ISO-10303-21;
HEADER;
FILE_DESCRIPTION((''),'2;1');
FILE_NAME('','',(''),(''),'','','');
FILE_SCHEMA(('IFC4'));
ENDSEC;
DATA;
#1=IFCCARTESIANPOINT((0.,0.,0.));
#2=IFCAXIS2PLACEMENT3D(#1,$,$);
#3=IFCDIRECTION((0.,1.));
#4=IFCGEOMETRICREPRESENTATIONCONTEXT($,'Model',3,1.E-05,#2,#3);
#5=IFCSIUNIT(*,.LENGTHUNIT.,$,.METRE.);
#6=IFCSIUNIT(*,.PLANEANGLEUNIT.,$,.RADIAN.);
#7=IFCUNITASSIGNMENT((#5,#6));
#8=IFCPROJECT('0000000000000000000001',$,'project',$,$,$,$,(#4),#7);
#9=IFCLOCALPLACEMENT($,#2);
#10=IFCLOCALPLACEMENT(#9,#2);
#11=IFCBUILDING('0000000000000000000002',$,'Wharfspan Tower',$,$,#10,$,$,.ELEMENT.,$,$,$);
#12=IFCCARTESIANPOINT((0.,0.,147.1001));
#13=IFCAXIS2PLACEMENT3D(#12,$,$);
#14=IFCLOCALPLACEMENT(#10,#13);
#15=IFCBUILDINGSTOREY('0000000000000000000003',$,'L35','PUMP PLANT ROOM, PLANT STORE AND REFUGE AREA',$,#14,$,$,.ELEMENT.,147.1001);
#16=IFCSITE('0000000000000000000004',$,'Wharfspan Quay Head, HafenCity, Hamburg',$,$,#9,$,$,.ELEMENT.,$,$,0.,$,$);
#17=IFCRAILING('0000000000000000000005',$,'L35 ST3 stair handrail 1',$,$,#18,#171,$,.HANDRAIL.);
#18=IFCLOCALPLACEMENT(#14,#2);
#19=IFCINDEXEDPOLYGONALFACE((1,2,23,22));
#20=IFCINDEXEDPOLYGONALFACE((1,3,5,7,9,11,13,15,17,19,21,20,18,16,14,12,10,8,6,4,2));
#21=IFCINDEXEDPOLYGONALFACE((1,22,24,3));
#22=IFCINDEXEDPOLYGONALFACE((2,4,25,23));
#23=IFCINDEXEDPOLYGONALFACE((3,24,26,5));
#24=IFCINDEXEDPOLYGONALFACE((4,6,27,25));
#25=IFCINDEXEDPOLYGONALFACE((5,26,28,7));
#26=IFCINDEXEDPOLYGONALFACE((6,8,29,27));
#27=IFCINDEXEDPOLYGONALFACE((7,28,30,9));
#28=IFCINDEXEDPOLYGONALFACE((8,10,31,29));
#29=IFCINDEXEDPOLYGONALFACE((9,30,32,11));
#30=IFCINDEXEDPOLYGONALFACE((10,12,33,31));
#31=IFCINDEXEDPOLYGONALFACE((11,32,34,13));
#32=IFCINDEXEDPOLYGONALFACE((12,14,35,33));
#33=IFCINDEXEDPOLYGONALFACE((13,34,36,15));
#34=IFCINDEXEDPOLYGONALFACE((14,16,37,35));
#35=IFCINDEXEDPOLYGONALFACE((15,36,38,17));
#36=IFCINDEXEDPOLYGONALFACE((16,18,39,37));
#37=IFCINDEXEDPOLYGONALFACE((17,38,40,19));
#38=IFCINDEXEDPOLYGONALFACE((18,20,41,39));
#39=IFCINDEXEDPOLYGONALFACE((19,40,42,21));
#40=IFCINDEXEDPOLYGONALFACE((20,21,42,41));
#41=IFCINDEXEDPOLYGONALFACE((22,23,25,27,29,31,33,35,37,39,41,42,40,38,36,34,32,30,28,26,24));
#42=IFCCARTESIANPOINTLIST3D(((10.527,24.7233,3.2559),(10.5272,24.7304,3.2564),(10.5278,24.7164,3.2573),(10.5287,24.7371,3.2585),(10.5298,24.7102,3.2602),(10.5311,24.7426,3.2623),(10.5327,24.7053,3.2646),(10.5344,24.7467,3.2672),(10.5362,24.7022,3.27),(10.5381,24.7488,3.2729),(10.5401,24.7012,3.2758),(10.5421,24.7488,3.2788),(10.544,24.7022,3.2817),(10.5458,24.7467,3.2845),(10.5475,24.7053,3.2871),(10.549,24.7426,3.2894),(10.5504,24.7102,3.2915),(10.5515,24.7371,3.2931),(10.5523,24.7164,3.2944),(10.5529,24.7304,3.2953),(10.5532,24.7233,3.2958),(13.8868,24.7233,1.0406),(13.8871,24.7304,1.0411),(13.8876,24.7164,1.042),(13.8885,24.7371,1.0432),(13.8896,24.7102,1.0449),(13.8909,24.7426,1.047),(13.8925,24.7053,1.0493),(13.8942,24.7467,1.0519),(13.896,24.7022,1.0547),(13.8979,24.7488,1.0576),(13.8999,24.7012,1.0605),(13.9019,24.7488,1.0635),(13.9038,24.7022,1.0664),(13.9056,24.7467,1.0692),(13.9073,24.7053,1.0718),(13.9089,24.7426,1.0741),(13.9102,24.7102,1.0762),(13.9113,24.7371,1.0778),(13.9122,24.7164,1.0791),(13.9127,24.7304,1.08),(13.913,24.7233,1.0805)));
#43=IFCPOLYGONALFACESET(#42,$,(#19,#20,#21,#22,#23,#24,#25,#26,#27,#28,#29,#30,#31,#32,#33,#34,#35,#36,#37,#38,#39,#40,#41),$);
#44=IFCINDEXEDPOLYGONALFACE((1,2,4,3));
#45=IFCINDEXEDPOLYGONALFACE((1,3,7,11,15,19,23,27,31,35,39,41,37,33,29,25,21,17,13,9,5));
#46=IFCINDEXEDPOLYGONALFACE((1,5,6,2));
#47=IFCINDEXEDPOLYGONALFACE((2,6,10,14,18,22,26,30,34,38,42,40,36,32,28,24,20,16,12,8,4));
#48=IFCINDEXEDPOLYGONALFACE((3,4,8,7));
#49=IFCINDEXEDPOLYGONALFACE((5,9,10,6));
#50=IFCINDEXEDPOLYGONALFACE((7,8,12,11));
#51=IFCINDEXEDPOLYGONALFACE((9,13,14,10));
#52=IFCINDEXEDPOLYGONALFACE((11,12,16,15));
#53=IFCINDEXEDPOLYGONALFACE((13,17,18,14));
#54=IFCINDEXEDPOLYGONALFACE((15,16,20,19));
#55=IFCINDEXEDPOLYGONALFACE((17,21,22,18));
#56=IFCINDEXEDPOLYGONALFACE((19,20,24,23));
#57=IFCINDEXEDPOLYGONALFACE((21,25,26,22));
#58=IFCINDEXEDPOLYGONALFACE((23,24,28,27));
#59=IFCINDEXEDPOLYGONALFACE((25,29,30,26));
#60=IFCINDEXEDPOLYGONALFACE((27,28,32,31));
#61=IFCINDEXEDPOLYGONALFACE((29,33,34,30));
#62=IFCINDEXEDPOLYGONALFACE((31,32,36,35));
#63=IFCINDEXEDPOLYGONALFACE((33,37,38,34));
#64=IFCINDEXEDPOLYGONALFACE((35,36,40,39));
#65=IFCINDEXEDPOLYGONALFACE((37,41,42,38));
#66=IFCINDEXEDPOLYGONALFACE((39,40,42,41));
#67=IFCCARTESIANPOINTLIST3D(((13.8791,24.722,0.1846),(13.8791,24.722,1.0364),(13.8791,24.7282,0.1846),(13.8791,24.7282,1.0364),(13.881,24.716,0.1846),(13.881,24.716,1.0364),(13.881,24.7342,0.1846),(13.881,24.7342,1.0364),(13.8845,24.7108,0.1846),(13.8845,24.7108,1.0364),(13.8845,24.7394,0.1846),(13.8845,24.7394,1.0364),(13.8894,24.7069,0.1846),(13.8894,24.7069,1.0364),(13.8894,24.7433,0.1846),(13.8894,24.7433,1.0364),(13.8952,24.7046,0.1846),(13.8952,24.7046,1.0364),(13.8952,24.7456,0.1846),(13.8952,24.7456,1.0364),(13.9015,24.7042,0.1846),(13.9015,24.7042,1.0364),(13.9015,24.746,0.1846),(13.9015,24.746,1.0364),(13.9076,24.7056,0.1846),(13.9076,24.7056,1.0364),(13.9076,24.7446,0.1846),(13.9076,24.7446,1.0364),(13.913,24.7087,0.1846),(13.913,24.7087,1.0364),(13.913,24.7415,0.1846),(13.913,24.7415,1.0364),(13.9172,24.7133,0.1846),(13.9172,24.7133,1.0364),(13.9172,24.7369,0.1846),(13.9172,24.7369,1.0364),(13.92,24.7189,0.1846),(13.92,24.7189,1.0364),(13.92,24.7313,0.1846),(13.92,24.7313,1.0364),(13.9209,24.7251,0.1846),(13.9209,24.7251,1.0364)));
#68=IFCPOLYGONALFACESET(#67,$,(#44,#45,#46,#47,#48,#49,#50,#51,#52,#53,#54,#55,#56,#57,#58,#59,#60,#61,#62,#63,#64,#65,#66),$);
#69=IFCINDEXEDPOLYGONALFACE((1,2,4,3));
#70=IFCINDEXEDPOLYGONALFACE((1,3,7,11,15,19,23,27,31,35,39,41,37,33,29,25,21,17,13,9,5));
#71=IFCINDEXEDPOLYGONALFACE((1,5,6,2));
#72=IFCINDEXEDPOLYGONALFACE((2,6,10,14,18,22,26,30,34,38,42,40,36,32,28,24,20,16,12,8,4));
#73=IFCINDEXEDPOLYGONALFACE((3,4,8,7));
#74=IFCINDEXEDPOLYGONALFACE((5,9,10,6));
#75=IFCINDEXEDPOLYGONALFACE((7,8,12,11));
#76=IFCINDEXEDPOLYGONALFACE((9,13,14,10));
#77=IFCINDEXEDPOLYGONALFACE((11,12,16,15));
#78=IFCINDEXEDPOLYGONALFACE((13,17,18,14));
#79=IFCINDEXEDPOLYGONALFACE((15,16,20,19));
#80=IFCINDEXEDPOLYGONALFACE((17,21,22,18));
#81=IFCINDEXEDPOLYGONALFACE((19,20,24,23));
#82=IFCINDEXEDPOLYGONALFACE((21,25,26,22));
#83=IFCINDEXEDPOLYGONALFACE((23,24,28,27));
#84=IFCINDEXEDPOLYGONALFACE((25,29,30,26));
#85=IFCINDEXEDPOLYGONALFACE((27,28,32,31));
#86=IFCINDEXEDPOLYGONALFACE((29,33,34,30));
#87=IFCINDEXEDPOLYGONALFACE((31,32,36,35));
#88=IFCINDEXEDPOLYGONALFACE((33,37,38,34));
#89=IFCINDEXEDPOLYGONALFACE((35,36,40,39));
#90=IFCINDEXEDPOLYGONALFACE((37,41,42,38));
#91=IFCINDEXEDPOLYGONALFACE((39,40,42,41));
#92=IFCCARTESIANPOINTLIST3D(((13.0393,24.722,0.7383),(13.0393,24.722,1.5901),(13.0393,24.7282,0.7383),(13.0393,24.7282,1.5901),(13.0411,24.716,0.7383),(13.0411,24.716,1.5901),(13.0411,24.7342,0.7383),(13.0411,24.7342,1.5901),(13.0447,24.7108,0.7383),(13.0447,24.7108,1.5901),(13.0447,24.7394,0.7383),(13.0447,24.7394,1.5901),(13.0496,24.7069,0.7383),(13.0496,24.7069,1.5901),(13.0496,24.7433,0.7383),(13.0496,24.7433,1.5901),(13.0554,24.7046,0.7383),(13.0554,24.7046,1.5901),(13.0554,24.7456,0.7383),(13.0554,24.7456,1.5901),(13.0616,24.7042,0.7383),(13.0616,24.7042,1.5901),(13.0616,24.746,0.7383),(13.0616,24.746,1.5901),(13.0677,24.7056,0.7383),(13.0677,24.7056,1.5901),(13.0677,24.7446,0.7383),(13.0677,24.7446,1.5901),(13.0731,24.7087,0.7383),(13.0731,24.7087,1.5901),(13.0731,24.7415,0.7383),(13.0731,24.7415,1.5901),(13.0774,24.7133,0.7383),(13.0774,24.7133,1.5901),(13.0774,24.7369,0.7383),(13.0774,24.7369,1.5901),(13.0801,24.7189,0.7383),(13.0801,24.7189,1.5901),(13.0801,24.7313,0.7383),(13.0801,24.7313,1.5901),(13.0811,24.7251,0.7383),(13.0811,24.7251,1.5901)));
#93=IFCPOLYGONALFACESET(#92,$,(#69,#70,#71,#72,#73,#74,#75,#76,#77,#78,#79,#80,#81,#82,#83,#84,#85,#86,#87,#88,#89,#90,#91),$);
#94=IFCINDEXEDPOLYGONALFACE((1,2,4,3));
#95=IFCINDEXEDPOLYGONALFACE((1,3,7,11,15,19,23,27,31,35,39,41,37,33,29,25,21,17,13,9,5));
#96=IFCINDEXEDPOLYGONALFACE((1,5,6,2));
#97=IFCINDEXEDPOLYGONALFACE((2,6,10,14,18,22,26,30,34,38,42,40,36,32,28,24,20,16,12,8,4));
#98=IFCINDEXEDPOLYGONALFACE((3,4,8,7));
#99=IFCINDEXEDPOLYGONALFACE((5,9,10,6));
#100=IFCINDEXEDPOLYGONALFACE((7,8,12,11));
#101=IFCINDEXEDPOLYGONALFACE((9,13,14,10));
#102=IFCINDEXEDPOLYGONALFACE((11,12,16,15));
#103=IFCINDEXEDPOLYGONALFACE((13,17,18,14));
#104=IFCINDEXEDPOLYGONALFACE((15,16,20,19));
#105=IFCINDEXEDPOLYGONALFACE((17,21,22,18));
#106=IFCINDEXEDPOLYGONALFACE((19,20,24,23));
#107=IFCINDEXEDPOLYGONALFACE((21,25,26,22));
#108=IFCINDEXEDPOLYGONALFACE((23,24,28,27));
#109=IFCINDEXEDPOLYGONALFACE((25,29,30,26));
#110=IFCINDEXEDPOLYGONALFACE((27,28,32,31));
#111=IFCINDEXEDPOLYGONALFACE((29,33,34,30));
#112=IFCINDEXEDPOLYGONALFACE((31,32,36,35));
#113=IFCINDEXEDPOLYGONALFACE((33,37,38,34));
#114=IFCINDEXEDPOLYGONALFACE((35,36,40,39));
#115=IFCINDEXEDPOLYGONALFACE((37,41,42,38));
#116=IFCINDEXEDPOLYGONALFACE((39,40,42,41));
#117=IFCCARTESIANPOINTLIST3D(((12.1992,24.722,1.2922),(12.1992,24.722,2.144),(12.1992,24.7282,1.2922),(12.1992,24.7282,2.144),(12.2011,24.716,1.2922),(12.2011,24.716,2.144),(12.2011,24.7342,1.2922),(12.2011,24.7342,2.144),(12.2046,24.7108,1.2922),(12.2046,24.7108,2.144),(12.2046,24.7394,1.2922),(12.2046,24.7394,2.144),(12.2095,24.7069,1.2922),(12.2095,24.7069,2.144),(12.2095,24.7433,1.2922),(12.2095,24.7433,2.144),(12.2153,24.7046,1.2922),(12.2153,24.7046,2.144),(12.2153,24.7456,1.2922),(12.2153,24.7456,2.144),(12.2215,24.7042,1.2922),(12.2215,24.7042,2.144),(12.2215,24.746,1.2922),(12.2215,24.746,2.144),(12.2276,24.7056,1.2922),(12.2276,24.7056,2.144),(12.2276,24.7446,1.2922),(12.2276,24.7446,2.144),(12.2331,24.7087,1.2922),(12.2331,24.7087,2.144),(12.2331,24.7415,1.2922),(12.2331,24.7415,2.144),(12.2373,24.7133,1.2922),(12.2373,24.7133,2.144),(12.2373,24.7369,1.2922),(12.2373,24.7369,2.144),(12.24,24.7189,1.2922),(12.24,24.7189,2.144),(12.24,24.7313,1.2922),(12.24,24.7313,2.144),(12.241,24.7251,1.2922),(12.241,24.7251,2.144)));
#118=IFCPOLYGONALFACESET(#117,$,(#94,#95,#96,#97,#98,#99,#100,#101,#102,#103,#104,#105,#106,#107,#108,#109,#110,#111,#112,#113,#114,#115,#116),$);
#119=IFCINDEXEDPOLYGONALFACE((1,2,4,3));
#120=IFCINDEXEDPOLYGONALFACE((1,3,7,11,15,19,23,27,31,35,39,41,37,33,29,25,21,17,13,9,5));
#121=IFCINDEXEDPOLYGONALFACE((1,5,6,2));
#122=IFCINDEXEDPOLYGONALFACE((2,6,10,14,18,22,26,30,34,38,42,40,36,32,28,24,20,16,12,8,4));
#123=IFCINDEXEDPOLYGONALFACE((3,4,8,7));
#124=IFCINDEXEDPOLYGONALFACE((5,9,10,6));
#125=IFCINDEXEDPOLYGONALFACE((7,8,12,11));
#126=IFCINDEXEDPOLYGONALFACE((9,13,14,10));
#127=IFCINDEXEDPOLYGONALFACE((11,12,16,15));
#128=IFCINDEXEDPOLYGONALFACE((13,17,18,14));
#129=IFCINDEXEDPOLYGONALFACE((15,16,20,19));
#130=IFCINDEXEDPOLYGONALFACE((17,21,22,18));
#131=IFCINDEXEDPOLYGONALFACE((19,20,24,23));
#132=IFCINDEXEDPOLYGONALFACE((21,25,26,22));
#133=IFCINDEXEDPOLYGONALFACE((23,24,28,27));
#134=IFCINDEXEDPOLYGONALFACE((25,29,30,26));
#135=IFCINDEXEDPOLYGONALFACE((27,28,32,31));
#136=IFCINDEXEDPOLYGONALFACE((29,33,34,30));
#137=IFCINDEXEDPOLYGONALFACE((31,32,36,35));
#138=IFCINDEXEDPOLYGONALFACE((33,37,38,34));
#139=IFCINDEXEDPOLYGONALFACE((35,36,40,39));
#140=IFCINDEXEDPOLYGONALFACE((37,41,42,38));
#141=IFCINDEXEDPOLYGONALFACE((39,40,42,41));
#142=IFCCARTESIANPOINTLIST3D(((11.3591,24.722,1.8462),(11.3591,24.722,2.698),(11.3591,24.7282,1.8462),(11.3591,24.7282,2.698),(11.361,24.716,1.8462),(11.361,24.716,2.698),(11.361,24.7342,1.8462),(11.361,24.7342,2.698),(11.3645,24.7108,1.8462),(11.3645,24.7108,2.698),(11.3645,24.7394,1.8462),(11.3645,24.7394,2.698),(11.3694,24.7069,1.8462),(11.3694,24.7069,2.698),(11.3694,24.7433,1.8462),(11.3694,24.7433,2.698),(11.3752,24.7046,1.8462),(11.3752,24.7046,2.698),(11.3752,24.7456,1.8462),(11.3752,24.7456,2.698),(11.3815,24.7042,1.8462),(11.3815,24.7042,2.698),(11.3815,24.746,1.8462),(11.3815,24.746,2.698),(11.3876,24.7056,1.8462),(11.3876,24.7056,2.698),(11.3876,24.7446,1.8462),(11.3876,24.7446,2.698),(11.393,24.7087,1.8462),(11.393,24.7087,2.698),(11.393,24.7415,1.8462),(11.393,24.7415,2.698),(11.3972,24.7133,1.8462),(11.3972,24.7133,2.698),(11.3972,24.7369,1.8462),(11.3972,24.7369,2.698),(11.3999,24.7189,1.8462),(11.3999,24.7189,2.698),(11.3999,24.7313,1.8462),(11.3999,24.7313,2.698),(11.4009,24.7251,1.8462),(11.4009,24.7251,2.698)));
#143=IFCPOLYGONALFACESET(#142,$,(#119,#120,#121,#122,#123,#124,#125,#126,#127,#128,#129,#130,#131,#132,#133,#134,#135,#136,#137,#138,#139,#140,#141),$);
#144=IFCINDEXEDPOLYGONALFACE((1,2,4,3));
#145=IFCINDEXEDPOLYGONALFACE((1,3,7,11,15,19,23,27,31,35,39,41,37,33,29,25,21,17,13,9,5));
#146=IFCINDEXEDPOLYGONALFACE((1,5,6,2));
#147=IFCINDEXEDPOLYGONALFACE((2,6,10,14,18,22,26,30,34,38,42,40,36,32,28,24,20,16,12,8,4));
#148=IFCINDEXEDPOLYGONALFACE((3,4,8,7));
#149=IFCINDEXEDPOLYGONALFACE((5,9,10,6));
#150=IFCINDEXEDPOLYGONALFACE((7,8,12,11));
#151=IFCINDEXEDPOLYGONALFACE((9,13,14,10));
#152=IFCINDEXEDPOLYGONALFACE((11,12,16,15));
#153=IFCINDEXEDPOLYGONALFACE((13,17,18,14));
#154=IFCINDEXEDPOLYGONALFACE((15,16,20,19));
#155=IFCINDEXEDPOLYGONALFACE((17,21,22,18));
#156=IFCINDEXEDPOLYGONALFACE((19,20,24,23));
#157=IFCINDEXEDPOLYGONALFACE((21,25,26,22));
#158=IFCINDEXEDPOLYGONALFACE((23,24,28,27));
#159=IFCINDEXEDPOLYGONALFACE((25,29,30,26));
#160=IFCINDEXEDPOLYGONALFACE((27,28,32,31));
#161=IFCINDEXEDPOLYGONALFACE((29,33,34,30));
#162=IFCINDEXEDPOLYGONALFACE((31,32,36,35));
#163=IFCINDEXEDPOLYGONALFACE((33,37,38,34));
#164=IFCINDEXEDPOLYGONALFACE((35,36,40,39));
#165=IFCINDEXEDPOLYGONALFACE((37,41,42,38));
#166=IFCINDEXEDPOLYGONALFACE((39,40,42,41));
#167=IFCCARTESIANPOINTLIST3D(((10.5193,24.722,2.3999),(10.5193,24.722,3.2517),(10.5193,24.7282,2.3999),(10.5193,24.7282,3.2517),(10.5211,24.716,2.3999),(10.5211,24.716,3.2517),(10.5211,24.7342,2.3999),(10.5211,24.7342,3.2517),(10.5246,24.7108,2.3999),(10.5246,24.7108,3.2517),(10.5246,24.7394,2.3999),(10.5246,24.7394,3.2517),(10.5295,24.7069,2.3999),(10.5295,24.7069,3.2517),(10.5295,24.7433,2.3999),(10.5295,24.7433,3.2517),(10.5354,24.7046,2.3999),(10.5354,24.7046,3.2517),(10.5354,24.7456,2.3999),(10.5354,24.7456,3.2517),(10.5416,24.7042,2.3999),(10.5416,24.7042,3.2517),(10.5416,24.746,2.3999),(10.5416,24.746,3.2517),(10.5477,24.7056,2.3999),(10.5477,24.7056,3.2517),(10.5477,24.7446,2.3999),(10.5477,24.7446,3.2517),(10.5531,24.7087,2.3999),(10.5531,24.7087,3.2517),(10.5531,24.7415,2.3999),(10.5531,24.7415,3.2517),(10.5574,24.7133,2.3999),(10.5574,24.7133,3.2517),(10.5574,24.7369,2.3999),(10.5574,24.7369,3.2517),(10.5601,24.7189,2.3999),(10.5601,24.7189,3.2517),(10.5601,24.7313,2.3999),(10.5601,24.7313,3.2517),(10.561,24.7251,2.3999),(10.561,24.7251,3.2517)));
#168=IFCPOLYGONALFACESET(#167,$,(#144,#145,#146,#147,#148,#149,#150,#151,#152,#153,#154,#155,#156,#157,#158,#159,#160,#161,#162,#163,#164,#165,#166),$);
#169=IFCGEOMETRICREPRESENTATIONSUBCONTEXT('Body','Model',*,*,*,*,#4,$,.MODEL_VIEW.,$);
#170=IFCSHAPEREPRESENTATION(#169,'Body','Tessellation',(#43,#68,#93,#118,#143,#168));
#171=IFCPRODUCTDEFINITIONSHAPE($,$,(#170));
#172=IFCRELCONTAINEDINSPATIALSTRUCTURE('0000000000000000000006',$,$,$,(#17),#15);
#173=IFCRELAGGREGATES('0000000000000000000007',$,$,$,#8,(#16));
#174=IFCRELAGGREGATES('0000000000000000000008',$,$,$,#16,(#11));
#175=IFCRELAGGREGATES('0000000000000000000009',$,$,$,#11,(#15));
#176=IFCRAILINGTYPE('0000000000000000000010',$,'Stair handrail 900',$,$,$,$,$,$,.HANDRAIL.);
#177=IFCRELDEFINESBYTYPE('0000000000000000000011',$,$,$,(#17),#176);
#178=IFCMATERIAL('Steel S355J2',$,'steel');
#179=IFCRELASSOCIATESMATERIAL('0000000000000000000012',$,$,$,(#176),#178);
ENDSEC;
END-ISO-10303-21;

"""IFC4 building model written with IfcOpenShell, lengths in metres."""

from ifc_helpers import new_model, si_unit, direction, frame, origin, origin_2d, place, context, subcontext, project, spatial, circle, extrude, material, type_object, element, save


model = new_model("IFC4")

# Units and contexts
model_context = context("Model", 3, precision=1e-05, world=origin(), true_north=direction((0.0, 1.0)))
body_context = subcontext(model_context, "Body", "Model", "MODEL_VIEW")
ifc_project = project(units=[si_unit("LENGTHUNIT", "METRE"), si_unit("PLANEANGLEUNIT", "RADIAN")], contexts=[model_context])

# Site, building, storey
site_placement = place(None, origin())
site = spatial("IfcSite", under=ifc_project, at=site_placement, Name="Wharfspan Quay Head, HafenCity, Hamburg", CompositionType="ELEMENT", RefElevation=0.0)
building_placement = place(site_placement, origin())
building = spatial("IfcBuilding", under=site, at=building_placement, Name="Wharfspan Tower", CompositionType="ELEMENT")
storey_placement = place(building_placement, frame((0.0, 0.0, 147.1001)))
storey = spatial("IfcBuildingStorey", under=building, at=storey_placement, Name="L35", Description="PUMP PLANT ROOM, PLANT STORE AND REFUGE AREA", CompositionType="ELEMENT", Elevation=147.1001)

# Shared definitions
ifc_material_1 = material(Name="Steel S355J2", Category="steel")

# Railing
railing_type_1 = type_object("IfcRailingType", Name="Stair handrail 900", PredefinedType="HANDRAIL", material=ifc_material_1)
railing_1_placement = place(storey_placement, frame((13.8999, 24.7251, 0.1846)))
element("IfcRailing", 1, at=railing_1_placement, inside=storey, type_object=railing_type_1, Name="L35 ST3 stair handrail 1", PredefinedType="HANDRAIL", context=body_context, shape_type="SweptSolid", body=[
    extrude(circle(Radius=0.0239, at=origin_2d()), frame((0.0, 0.0, 0.876), z_axis=(-0.834858, 0.0, 0.550465), x_axis=(0.0, -1.0, 0.0)), (0.0, 0.0, 1.0), 4.0244),
    extrude(circle(Radius=0.021, at=origin_2d()), origin(), (0.0, 0.0, 1.0), 0.8518),
    extrude(circle(Radius=0.021, at=origin_2d()), frame((-0.8398, 0.0, 0.5537)), (0.0, 0.0, 1.0), 0.8518),
    extrude(circle(Radius=0.021, at=origin_2d()), frame((-1.6799, 0.0, 1.1077)), (0.0, 0.0, 1.0), 0.8518),
    extrude(circle(Radius=0.021, at=origin_2d()), frame((-2.52, 0.0, 1.6616)), (0.0, 0.0, 1.0), 0.8518),
    extrude(circle(Radius=0.021, at=origin_2d()), frame((-3.3599, 0.0, 2.2153)), (0.0, 0.0, 1.0), 0.8518),
])

save(model, "model.ifc")
